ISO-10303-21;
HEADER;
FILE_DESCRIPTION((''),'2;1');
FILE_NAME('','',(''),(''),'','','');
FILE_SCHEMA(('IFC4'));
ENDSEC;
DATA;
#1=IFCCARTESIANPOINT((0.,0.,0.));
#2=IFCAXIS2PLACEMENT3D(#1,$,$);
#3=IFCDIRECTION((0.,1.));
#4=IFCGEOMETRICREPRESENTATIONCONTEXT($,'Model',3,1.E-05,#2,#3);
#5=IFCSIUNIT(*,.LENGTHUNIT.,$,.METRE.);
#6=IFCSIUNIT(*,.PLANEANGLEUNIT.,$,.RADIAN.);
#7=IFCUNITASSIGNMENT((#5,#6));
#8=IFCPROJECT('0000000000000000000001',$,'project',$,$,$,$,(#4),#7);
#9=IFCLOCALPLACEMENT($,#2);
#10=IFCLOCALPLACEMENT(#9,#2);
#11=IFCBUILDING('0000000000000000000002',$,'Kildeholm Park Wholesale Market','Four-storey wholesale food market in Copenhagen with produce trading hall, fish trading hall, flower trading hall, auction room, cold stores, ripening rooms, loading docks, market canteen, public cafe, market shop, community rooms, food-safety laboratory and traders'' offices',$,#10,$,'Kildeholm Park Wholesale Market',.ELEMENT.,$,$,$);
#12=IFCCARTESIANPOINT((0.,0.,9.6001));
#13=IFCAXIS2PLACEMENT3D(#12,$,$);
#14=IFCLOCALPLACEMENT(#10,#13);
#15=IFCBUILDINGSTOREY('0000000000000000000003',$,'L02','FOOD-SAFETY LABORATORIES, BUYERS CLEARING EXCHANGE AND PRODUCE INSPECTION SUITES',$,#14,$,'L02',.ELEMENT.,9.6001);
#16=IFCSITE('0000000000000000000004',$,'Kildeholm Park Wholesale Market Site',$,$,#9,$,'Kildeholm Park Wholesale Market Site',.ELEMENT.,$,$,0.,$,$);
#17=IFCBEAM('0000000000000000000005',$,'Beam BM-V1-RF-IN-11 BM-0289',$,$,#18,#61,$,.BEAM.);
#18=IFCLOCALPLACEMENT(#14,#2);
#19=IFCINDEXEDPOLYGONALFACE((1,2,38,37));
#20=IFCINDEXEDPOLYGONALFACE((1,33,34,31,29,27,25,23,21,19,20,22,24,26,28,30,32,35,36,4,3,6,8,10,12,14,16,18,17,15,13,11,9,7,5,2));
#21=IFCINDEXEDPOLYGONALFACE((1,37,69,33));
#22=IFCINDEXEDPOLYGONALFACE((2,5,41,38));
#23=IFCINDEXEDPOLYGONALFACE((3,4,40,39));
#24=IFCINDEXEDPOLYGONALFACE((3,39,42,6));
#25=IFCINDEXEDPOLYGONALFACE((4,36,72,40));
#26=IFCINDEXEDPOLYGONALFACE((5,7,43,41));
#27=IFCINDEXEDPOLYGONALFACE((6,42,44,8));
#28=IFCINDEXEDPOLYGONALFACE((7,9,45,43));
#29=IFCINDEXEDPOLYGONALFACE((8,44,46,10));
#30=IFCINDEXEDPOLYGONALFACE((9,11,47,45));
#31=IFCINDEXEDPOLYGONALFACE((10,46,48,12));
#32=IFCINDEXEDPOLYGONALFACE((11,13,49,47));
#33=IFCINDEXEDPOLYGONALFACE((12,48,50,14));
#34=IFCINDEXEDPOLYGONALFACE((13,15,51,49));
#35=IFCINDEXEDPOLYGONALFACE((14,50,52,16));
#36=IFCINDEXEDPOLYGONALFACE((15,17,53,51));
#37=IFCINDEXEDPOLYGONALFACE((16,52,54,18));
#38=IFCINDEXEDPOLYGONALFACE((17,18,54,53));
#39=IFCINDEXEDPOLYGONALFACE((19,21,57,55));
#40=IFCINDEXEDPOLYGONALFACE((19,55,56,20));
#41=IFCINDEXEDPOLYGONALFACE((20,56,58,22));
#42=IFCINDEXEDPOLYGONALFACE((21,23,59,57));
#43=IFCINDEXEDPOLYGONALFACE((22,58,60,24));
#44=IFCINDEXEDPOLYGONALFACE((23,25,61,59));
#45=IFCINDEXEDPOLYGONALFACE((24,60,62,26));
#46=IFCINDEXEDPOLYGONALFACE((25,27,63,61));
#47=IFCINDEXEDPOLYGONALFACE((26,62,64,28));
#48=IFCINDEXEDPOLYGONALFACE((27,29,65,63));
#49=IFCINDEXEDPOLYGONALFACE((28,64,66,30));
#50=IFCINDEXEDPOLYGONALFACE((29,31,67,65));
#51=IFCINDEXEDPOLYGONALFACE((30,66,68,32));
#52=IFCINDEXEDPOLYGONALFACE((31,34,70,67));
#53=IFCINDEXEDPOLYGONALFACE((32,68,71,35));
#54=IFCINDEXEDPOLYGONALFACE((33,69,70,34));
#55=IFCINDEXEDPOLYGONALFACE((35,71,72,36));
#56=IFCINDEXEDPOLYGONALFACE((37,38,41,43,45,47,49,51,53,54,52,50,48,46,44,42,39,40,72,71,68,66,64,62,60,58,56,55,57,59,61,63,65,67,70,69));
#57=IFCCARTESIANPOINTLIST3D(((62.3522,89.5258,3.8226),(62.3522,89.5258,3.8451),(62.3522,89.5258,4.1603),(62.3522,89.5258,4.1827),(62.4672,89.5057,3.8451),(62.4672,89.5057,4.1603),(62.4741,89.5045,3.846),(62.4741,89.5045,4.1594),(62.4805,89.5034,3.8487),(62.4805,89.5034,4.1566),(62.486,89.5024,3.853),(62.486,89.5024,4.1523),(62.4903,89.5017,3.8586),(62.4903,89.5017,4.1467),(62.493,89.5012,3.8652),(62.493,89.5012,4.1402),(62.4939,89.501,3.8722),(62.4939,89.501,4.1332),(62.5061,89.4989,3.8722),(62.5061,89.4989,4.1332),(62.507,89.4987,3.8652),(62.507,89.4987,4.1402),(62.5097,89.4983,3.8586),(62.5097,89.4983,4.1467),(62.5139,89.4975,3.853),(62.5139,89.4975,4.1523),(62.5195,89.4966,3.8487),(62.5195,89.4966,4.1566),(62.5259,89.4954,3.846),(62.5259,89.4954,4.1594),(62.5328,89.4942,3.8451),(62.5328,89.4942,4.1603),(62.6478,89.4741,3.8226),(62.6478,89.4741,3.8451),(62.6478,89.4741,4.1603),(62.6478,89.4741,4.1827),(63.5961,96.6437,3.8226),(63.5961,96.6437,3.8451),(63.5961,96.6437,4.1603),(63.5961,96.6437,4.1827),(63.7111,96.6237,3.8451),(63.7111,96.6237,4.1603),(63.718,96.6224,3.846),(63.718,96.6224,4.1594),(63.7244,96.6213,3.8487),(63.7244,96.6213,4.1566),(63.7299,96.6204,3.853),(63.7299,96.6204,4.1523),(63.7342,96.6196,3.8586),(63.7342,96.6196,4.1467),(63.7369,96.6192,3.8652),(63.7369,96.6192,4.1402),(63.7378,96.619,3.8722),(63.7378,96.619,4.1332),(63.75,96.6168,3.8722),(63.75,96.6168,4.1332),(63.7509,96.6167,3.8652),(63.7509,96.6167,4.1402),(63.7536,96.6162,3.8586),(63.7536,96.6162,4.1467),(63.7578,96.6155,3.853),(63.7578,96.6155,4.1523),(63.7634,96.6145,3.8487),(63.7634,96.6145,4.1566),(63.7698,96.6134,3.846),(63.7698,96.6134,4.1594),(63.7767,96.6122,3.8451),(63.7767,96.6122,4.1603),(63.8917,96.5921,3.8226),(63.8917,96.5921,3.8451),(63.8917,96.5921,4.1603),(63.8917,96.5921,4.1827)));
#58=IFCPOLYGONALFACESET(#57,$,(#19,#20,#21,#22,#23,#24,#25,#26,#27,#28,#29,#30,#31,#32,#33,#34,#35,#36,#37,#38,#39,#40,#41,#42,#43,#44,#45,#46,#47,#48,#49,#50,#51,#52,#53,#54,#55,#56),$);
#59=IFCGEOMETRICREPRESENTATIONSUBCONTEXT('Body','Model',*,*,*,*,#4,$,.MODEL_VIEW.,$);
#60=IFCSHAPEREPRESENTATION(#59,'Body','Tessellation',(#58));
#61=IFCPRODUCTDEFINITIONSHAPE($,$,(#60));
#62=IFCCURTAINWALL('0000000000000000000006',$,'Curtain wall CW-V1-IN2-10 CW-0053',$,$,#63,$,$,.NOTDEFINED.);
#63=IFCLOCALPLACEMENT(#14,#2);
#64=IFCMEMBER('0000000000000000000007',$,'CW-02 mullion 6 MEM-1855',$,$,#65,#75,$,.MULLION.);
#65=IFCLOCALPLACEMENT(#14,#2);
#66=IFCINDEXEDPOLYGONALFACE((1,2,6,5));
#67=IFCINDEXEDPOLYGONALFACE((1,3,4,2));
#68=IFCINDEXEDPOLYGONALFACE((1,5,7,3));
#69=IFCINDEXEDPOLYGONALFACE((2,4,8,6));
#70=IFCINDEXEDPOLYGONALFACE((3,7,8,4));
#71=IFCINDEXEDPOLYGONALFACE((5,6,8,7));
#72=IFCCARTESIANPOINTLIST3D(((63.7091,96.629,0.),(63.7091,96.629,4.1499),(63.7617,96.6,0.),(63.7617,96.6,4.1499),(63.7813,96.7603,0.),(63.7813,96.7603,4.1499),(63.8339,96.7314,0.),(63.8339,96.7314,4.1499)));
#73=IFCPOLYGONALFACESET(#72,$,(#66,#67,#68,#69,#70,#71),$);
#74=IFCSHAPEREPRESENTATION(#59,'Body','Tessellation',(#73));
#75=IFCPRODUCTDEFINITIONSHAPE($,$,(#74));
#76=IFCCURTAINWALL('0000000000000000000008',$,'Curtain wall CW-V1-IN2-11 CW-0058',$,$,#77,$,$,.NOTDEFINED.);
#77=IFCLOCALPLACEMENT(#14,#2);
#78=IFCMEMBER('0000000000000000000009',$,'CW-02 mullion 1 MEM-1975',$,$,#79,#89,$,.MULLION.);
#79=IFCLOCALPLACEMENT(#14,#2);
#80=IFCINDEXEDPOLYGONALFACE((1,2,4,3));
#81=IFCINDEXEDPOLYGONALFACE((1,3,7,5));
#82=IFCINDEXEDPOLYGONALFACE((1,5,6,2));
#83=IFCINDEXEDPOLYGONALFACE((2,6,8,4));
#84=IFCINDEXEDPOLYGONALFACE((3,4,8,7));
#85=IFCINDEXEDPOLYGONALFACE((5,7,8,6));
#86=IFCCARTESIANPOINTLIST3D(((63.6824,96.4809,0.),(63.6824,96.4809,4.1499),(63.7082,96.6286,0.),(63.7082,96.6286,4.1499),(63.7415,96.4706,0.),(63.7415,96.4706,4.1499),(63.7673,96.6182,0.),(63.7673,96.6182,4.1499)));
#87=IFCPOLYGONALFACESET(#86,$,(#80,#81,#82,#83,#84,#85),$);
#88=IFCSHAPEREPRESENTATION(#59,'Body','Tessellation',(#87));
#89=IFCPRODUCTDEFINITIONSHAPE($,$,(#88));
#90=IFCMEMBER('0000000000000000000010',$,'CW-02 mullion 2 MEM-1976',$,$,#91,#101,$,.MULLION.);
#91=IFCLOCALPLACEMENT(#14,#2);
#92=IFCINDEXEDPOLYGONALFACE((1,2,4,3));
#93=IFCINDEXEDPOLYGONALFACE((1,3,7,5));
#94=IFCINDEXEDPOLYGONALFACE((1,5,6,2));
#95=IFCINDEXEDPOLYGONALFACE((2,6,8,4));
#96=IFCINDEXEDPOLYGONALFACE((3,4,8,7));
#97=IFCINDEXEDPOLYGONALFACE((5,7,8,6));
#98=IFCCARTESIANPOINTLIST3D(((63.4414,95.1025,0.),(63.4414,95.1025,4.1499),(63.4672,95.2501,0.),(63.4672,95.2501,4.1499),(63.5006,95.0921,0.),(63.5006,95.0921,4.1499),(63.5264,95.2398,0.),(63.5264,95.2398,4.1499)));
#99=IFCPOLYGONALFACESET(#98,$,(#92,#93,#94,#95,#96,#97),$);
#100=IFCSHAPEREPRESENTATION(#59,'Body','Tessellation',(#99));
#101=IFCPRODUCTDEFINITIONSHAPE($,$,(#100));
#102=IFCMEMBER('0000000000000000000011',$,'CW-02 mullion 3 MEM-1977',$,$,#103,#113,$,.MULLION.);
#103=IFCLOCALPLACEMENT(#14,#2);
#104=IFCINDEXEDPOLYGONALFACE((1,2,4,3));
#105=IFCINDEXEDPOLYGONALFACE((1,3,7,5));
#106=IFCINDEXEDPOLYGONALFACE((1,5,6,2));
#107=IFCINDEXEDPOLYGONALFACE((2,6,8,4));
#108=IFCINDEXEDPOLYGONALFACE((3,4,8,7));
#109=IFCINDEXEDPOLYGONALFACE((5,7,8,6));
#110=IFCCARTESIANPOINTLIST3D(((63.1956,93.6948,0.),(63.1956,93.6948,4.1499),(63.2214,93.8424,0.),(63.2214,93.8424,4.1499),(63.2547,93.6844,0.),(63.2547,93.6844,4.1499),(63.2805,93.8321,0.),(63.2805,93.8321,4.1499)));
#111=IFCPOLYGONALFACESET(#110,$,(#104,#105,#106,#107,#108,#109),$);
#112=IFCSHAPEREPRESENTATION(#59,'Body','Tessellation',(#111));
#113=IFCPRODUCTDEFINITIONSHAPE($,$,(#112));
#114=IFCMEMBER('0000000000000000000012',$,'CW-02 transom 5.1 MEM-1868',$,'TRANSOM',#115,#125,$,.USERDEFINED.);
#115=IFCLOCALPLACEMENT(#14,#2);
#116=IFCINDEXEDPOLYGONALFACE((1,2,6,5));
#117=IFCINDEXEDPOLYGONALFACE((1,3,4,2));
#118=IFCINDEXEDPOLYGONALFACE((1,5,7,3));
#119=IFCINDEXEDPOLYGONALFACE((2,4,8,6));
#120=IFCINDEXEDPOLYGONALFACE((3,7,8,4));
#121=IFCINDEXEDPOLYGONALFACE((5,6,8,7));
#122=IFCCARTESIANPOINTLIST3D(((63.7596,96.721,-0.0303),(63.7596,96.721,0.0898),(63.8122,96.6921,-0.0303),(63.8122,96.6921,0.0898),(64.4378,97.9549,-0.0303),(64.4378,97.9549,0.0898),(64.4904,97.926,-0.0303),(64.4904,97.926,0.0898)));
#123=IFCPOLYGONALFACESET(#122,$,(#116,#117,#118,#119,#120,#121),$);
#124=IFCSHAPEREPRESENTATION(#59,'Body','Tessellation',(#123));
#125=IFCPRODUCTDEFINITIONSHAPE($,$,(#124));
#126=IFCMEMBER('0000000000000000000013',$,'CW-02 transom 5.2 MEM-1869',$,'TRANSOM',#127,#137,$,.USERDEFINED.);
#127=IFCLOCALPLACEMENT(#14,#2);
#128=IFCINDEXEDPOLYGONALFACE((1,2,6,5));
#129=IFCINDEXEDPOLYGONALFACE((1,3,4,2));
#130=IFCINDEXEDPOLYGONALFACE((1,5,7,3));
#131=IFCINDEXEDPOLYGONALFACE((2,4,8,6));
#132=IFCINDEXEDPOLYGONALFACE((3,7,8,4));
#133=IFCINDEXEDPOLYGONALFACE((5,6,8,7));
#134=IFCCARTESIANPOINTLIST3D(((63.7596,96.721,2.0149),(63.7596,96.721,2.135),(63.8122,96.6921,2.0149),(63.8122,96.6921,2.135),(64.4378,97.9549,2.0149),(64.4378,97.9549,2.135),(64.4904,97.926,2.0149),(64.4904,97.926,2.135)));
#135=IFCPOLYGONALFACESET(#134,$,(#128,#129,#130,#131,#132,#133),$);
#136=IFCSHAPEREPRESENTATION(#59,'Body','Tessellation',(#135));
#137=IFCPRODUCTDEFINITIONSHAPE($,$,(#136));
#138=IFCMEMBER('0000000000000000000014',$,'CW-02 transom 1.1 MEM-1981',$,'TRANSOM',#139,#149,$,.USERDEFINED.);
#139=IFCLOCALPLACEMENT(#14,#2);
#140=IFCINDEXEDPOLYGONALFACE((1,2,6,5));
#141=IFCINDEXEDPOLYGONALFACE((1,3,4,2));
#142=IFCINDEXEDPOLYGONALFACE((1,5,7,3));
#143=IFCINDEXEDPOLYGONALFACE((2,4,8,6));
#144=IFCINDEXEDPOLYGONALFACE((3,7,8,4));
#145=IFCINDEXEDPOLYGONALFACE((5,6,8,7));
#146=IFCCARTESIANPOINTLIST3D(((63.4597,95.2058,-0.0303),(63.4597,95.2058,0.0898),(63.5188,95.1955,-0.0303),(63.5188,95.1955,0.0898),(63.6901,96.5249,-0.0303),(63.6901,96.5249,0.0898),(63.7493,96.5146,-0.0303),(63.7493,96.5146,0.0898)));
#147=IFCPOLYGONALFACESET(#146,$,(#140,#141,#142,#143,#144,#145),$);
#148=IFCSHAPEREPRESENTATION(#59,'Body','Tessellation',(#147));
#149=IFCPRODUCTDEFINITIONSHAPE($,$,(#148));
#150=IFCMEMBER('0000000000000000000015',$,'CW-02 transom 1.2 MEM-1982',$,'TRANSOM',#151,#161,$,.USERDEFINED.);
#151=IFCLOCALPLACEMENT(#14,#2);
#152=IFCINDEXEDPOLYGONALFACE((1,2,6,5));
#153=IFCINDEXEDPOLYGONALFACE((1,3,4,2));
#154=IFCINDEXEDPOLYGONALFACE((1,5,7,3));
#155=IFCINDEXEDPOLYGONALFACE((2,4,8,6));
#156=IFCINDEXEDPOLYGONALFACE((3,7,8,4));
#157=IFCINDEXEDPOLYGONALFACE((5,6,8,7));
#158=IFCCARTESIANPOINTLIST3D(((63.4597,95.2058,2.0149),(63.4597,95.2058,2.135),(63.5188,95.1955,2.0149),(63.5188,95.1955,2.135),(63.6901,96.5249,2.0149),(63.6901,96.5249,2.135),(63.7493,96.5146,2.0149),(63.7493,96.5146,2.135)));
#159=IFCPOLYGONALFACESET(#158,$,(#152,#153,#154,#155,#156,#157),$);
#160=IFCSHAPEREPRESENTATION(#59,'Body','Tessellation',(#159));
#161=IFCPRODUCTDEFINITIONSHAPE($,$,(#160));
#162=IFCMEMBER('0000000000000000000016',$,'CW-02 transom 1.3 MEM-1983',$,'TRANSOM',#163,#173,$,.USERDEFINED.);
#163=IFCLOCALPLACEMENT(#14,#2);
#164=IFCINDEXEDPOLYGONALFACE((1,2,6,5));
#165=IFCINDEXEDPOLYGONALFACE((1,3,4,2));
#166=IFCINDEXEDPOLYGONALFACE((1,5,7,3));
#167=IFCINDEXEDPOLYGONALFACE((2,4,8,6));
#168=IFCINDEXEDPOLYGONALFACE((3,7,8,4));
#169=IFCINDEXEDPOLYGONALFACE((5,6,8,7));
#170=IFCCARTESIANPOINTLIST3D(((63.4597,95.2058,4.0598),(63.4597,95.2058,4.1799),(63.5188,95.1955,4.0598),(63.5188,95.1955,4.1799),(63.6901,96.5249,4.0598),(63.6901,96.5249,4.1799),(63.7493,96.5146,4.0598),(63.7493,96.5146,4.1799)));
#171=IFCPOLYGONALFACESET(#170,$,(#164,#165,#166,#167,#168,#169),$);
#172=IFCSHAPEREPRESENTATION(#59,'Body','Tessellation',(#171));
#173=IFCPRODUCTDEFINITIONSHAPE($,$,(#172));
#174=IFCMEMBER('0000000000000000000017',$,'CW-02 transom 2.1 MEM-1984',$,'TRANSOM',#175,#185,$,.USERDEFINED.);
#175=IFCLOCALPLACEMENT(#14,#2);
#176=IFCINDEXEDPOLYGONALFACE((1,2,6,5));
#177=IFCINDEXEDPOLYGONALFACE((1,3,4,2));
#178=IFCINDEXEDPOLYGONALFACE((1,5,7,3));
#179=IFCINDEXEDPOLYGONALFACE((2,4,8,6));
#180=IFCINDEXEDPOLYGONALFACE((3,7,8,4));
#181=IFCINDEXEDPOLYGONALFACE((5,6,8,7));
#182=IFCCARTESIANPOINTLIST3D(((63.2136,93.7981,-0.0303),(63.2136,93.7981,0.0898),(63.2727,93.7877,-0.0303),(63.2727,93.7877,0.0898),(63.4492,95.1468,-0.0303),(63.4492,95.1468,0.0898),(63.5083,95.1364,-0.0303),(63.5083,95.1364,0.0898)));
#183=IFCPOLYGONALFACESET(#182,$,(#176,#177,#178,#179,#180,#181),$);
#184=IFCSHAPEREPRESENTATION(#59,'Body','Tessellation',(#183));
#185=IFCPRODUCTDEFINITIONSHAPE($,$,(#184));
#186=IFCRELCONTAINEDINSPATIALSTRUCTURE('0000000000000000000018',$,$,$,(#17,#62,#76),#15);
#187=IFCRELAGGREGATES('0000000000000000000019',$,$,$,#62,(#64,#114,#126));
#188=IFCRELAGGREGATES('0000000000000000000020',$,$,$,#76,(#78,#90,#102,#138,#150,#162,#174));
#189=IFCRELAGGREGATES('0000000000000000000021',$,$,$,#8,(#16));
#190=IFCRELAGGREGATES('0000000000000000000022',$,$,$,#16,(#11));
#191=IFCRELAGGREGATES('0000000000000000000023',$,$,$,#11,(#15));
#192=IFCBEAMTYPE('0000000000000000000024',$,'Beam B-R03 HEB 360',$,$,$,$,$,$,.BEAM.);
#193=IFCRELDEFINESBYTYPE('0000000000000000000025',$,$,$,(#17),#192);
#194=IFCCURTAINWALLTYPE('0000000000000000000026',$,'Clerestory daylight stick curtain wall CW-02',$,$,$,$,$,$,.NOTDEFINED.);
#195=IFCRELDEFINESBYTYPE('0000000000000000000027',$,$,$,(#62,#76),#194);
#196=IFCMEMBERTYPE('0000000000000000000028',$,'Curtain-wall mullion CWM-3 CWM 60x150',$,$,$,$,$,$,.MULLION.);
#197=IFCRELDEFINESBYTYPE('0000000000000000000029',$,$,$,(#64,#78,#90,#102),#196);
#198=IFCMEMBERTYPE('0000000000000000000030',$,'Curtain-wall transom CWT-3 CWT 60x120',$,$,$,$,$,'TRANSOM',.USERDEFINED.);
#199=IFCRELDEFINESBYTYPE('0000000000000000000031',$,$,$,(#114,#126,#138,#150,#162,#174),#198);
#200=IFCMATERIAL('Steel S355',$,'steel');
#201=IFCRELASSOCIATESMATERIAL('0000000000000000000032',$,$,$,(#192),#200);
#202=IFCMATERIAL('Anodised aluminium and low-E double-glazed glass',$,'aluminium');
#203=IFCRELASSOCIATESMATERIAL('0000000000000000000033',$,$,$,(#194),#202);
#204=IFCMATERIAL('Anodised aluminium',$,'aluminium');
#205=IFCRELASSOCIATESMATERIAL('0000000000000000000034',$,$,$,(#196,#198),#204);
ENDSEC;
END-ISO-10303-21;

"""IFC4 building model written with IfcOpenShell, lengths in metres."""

from ifc_helpers import new_model, si_unit, direction, frame, origin, origin_2d, place, context, subcontext, project, spatial, rectangle, i_section, extrude, material, material_profile, profile_set, type_object, element, aggregate, save


model = new_model("IFC4")

# Units and contexts
model_context = context("Model", 3, precision=1e-05, world=origin(), true_north=direction((0.0, 1.0)))
body_context = subcontext(model_context, "Body", "Model", "MODEL_VIEW")
ifc_project = project(units=[si_unit("LENGTHUNIT", "METRE"), si_unit("PLANEANGLEUNIT", "RADIAN")], contexts=[model_context])

# Site, building, storey
site_placement = place(None, origin())
site = spatial("IfcSite", under=ifc_project, at=site_placement, Name="Kildeholm Park Wholesale Market Site", LongName="Kildeholm Park Wholesale Market Site", CompositionType="ELEMENT", RefElevation=0.0)
building_placement = place(site_placement, origin())
building = spatial("IfcBuilding", under=site, at=building_placement, Name="Kildeholm Park Wholesale Market", Description="Four-storey wholesale food market in Copenhagen with produce trading hall, fish trading hall, flower trading hall, auction room, cold stores, ripening rooms, loading docks, market canteen, public cafe, market shop, community rooms, food-safety laboratory and traders' offices", LongName="Kildeholm Park Wholesale Market", CompositionType="ELEMENT")
storey_placement = place(building_placement, frame((0.0, 0.0, 9.6001)))
storey = spatial("IfcBuildingStorey", under=building, at=storey_placement, Name="L02", Description="FOOD-SAFETY LABORATORIES, BUYERS CLEARING EXCHANGE AND PRODUCE INSPECTION SUITES", LongName="L02", CompositionType="ELEMENT", Elevation=9.6001)

# Shared definitions
ifc_material_1 = material(Name="Steel S355", Category="steel")

# Beam
ifc_material_profile_1 = material_profile(ifc_material_1, i_section(OverallWidth=0.3, OverallDepth=0.3601, WebThickness=0.0125, FlangeThickness=0.0225, FilletRadius=0.0271, at=origin_2d()), Name="HEB 360")
ifc_profile_set_1 = profile_set([ifc_material_profile_1], Name="Steel S355")
beam_type_1 = type_object("IfcBeamType", Name="Beam B-R03 HEB 360", PredefinedType="BEAM", material=ifc_profile_set_1)
beam_1_placement = place(storey_placement, frame((63.7439, 96.6179, 4.0027), z_axis=(-0.172147, -0.985071, 0.0), x_axis=(0.985071, -0.172147, 0.0)))
element("IfcBeam", 1, at=beam_1_placement, inside=storey, type_object=beam_type_1, Name="Beam BM-V1-RF-IN-11 BM-0289", PredefinedType="BEAM", context=body_context, shape_type="SweptSolid", body=[
    extrude(i_section(OverallWidth=0.3, OverallDepth=0.3601, WebThickness=0.0125, FlangeThickness=0.0225, FilletRadius=0.0271, at=origin_2d()), origin(), (0.0, 0.0, 1.0), 7.2258),
])

# Curtain wall, member
ifc_material_2 = material(Name="Anodised aluminium and low-E double-glazed glass", Category="aluminium")
curtain_wall_type = type_object("IfcCurtainWallType", Name="Clerestory daylight stick curtain wall CW-02", PredefinedType="NOTDEFINED", material=ifc_material_2)
curtain_wall_1_placement = place(storey_placement, origin())
curtain_wall_1 = element("IfcCurtainWall", 2, at=curtain_wall_1_placement, inside=storey, type_object=curtain_wall_type, Name="Curtain wall CW-V1-IN2-10 CW-0053", PredefinedType="NOTDEFINED")
ifc_material_3 = material(Name="Anodised aluminium", Category="aluminium")
ifc_material_profile_2 = material_profile(ifc_material_3, rectangle(XDim=0.0601, YDim=0.1499, at=origin_2d()), Name="CWM 60x150")
ifc_profile_set_2 = profile_set([ifc_material_profile_2], Name="Anodised aluminium")
member_type_1 = type_object("IfcMemberType", Name="Curtain-wall mullion CWM-3 CWM 60x150", PredefinedType="MULLION", material=ifc_profile_set_2)
member_1_placement = place(storey_placement, frame((63.7715, 96.6802, 0.0), z_axis=(0.0, 0.0, 1.0), x_axis=(0.876309, -0.48175, 0.0)))
member_1 = element("IfcMember", 3, at=member_1_placement, type_object=member_type_1, Name="CW-02 mullion 6 MEM-1855", PredefinedType="MULLION", context=body_context, shape_type="SweptSolid", body=[
    extrude(rectangle(XDim=0.0601, YDim=0.1499, at=origin_2d()), origin(), (0.0, 0.0, 1.0), 4.1499),
])

# Curtain wall, members
curtain_wall_2_placement = place(storey_placement, origin())
curtain_wall_2 = element("IfcCurtainWall", 4, at=curtain_wall_2_placement, inside=storey, type_object=curtain_wall_type, Name="Curtain wall CW-V1-IN2-11 CW-0058", PredefinedType="NOTDEFINED")
member_2_placement = place(storey_placement, frame((63.7249, 96.5496, 0.0), z_axis=(0.0, 0.0, 1.0), x_axis=(0.985074, -0.172133, 0.0)))
member_2 = element("IfcMember", 5, at=member_2_placement, type_object=member_type_1, Name="CW-02 mullion 1 MEM-1975", PredefinedType="MULLION", context=body_context, shape_type="SweptSolid", body=[
    extrude(rectangle(XDim=0.0601, YDim=0.1499, at=origin_2d()), origin(), (0.0, 0.0, 1.0), 4.1499),
])
member_3_placement = place(storey_placement, frame((63.4839, 95.1711, 0.0), z_axis=(0.0, 0.0, 1.0), x_axis=(0.985074, -0.172133, 0.0)))
member_3 = element("IfcMember", 6, at=member_3_placement, type_object=member_type_1, Name="CW-02 mullion 2 MEM-1976", PredefinedType="MULLION", context=body_context, shape_type="SweptSolid", body=[
    extrude(rectangle(XDim=0.0601, YDim=0.1499, at=origin_2d()), origin(), (0.0, 0.0, 1.0), 4.1499),
])
member_4_placement = place(storey_placement, frame((63.238, 93.7634, 0.0), z_axis=(0.0, 0.0, 1.0), x_axis=(0.985074, -0.172133, 0.0)))
member_4 = element("IfcMember", 7, at=member_4_placement, type_object=member_type_1, Name="CW-02 mullion 3 MEM-1977", PredefinedType="MULLION", context=body_context, shape_type="SweptSolid", body=[
    extrude(rectangle(XDim=0.0601, YDim=0.1499, at=origin_2d()), origin(), (0.0, 0.0, 1.0), 4.1499),
])

# Members
ifc_material_profile_3 = material_profile(ifc_material_3, rectangle(XDim=0.0601, YDim=0.1201, at=origin_2d()), Name="CWT 60x120")
ifc_profile_set_3 = profile_set([ifc_material_profile_3], Name="Anodised aluminium")
member_type_2 = type_object("IfcMemberType", Name="Curtain-wall transom CWT-3 CWT 60x120", ElementType="TRANSOM", PredefinedType="USERDEFINED", material=ifc_profile_set_3)
member_5_placement = place(storey_placement, frame((64.4641, 97.9404, 0.0298), z_axis=(-0.481692, -0.87634, 0.0), x_axis=(0.87634, -0.481692, 0.0)))
member_5 = element("IfcMember", 8, at=member_5_placement, type_object=member_type_2, Name="CW-02 transom 5.1 MEM-1868", ObjectType="TRANSOM", PredefinedType="USERDEFINED", context=body_context, shape_type="SweptSolid", body=[
    extrude(rectangle(XDim=0.0601, YDim=0.1201, at=origin_2d()), origin(), (0.0, 0.0, 1.0), 1.408),
])
member_6_placement = place(storey_placement, frame((64.4641, 97.9404, 2.075), z_axis=(-0.481692, -0.87634, 0.0), x_axis=(0.87634, -0.481692, 0.0)))
member_6 = element("IfcMember", 9, at=member_6_placement, type_object=member_type_2, Name="CW-02 transom 5.2 MEM-1869", ObjectType="TRANSOM", PredefinedType="USERDEFINED", context=body_context, shape_type="SweptSolid", body=[
    extrude(rectangle(XDim=0.0601, YDim=0.1201, at=origin_2d()), origin(), (0.0, 0.0, 1.0), 1.408),
])
member_7_placement = place(storey_placement, frame((63.7197, 96.5198, 0.0298), z_axis=(-0.172111, -0.985078, 0.0), x_axis=(0.985078, -0.172111, 0.0)))
member_7 = element("IfcMember", 10, at=member_7_placement, type_object=member_type_2, Name="CW-02 transom 1.1 MEM-1981", ObjectType="TRANSOM", PredefinedType="USERDEFINED", context=body_context, shape_type="SweptSolid", body=[
    extrude(rectangle(XDim=0.0601, YDim=0.1201, at=origin_2d()), origin(), (0.0, 0.0, 1.0), 1.3391),
])
member_8_placement = place(storey_placement, frame((63.7197, 96.5198, 2.075), z_axis=(-0.172111, -0.985078, 0.0), x_axis=(0.985078, -0.172111, 0.0)))
member_8 = element("IfcMember", 11, at=member_8_placement, type_object=member_type_2, Name="CW-02 transom 1.2 MEM-1982", ObjectType="TRANSOM", PredefinedType="USERDEFINED", context=body_context, shape_type="SweptSolid", body=[
    extrude(rectangle(XDim=0.0601, YDim=0.1201, at=origin_2d()), origin(), (0.0, 0.0, 1.0), 1.3391),
])
member_9_placement = place(storey_placement, frame((63.7197, 96.5198, 4.1199), z_axis=(-0.172111, -0.985078, 0.0), x_axis=(0.985078, -0.172111, 0.0)))
member_9 = element("IfcMember", 12, at=member_9_placement, type_object=member_type_2, Name="CW-02 transom 1.3 MEM-1983", ObjectType="TRANSOM", PredefinedType="USERDEFINED", context=body_context, shape_type="SweptSolid", body=[
    extrude(rectangle(XDim=0.0601, YDim=0.1201, at=origin_2d()), origin(), (0.0, 0.0, 1.0), 1.3391),
])
member_10_placement = place(storey_placement, frame((63.4788, 95.1416, 0.0298), z_axis=(-0.172086, -0.985082, 0.0), x_axis=(0.985082, -0.172086, 0.0)))
member_10 = element("IfcMember", 13, at=member_10_placement, type_object=member_type_2, Name="CW-02 transom 2.1 MEM-1984", ObjectType="TRANSOM", PredefinedType="USERDEFINED", context=body_context, shape_type="SweptSolid", body=[
    extrude(rectangle(XDim=0.0601, YDim=0.1201, at=origin_2d()), origin(), (0.0, 0.0, 1.0), 1.3691),
])

aggregate(curtain_wall_1, [member_1, member_5, member_6])
aggregate(curtain_wall_2, [member_2, member_3, member_4, member_7, member_8, member_9, member_10])

save(model, "model.ifc")
